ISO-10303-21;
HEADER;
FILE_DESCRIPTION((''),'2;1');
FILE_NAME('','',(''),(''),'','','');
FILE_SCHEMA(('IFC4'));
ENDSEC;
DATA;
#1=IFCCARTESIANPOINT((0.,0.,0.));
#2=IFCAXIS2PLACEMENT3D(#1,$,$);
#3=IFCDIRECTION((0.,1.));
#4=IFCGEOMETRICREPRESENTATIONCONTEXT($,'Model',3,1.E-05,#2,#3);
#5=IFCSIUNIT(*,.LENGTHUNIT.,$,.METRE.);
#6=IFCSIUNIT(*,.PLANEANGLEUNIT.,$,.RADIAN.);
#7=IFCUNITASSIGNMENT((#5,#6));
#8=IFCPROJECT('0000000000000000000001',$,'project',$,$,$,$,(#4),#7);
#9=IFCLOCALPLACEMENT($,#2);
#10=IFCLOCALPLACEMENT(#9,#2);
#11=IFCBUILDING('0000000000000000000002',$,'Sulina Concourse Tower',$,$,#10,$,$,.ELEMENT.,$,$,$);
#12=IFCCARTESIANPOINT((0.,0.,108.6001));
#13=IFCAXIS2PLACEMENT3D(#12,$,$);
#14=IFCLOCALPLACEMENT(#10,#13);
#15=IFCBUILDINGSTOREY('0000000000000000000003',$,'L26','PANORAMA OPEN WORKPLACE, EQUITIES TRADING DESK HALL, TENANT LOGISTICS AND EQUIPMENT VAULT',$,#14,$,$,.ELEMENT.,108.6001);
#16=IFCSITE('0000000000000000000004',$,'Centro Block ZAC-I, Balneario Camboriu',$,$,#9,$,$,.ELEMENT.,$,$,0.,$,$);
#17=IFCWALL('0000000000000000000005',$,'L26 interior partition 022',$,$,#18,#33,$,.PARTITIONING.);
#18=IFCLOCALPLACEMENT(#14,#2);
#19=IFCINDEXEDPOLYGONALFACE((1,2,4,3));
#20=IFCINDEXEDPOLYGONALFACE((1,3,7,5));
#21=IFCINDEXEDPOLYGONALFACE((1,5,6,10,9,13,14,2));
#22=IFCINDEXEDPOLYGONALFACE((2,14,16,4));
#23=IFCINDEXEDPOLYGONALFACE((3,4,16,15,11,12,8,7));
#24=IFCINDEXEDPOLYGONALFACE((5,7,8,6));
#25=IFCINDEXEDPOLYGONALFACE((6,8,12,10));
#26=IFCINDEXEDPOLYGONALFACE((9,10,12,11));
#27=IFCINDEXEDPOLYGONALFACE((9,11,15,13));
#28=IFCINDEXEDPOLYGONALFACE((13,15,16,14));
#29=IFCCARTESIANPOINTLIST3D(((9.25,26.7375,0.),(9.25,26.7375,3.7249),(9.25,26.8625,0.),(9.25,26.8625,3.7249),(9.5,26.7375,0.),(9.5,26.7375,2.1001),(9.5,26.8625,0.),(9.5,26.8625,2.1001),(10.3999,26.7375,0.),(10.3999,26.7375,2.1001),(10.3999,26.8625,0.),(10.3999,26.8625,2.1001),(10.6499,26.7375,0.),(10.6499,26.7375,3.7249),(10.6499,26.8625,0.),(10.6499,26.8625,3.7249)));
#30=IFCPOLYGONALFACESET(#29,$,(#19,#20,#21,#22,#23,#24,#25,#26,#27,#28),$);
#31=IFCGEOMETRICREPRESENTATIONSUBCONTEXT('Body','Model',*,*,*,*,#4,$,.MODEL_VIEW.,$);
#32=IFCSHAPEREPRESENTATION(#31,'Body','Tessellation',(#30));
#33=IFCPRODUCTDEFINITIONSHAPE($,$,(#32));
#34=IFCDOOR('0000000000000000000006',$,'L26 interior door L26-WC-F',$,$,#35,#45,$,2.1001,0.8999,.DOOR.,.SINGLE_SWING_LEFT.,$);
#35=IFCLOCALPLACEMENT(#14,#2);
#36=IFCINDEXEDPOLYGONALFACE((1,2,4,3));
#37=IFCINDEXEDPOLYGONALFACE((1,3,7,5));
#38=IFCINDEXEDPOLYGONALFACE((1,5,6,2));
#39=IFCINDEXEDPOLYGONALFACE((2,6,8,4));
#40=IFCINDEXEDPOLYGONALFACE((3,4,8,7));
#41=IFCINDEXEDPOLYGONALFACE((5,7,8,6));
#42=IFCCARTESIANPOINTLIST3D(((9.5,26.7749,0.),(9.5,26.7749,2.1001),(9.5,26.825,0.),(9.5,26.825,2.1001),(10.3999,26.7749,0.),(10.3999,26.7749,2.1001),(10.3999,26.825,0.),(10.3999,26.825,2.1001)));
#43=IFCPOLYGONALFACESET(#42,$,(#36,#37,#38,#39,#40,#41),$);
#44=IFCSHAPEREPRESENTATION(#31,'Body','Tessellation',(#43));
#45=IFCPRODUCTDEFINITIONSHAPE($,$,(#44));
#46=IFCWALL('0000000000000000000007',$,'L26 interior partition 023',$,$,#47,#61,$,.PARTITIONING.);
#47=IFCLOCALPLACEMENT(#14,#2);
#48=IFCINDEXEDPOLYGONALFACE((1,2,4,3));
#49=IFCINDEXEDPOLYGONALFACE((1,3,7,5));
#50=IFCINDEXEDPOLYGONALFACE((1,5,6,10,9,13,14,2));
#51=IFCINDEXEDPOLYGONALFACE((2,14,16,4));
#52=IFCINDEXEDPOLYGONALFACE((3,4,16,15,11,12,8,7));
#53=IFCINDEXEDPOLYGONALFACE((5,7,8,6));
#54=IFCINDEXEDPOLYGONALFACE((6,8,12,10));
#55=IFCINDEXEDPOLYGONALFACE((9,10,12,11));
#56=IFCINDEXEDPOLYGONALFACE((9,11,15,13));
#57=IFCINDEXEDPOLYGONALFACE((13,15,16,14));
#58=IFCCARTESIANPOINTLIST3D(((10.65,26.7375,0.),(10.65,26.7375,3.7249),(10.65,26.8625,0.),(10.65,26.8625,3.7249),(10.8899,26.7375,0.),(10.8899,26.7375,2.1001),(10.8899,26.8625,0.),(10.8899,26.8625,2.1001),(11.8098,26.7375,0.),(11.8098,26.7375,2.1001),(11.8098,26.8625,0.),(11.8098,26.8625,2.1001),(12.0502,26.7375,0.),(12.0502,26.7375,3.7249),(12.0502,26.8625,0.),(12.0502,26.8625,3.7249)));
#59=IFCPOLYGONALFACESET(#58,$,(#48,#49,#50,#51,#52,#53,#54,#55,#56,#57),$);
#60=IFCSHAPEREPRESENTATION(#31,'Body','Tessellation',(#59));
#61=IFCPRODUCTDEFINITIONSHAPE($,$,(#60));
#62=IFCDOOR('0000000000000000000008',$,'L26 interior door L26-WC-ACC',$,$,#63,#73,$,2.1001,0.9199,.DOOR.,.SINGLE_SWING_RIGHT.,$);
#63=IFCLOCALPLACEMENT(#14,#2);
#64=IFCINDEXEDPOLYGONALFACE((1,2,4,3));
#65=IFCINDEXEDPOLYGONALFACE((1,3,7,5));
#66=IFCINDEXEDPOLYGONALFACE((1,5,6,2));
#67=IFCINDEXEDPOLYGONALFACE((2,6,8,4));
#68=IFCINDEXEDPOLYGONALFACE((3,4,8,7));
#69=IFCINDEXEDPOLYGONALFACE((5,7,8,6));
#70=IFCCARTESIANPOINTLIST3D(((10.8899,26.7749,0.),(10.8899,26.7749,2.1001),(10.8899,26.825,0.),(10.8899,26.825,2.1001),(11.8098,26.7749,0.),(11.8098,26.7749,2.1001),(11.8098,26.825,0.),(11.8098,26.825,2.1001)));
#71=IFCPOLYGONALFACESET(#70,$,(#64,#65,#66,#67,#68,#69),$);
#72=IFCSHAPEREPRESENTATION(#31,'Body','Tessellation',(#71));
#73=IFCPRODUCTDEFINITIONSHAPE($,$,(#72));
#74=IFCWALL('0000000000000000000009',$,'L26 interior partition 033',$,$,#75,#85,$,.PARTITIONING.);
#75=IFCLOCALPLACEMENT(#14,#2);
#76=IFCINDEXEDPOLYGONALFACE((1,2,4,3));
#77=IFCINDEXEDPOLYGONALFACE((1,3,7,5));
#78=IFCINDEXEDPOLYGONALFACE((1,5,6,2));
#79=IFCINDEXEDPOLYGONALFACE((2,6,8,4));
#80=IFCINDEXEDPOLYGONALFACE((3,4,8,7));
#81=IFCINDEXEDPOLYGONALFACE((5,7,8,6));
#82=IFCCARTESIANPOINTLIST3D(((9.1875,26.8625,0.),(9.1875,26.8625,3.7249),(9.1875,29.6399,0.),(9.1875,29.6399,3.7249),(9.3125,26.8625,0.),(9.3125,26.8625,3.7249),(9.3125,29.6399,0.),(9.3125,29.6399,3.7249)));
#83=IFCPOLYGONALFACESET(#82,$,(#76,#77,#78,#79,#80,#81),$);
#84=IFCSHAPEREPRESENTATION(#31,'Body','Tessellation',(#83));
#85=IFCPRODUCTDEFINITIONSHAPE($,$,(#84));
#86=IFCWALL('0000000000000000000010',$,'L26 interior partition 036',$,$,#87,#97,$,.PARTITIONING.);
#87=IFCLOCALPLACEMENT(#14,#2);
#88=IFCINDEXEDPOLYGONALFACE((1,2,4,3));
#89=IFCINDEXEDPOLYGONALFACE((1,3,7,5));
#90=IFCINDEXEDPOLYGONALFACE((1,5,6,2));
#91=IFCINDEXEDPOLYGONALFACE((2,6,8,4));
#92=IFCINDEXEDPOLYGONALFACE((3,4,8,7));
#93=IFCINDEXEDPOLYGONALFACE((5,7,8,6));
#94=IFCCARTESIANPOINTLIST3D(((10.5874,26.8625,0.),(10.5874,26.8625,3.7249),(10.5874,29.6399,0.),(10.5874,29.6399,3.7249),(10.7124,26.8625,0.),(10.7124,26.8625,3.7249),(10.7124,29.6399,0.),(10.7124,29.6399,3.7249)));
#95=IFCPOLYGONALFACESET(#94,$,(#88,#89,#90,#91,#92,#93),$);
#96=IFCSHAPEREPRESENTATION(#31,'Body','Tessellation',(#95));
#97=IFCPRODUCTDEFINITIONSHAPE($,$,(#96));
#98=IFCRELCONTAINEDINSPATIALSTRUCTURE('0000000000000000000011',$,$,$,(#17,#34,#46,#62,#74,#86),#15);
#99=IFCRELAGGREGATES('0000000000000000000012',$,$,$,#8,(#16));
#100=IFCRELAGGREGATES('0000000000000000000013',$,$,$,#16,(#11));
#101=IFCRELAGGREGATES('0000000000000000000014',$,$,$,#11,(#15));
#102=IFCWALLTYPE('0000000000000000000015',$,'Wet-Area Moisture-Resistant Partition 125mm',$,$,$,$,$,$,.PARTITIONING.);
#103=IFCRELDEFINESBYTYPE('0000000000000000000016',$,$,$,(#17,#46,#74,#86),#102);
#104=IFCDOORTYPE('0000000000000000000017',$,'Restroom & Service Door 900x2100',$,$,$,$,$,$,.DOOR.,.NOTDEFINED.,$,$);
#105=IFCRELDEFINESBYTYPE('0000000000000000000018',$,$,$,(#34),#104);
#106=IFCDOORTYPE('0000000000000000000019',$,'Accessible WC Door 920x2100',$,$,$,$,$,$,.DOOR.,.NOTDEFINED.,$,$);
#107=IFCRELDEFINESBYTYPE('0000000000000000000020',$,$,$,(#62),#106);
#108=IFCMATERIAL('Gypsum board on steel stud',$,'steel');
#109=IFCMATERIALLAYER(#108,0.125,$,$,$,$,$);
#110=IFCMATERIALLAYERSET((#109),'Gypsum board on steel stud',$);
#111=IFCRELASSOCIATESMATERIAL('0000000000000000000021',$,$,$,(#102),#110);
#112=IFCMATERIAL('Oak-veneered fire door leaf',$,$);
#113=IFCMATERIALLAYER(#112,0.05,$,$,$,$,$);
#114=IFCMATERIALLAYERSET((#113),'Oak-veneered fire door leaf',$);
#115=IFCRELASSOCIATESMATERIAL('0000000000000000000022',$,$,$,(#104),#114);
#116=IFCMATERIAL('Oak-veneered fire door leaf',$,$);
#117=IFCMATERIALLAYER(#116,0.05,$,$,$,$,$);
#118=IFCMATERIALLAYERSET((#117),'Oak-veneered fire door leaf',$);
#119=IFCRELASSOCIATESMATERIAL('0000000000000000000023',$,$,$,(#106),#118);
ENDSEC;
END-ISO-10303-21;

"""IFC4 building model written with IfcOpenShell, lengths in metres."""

from ifc_helpers import new_model, si_unit, direction, frame, frame_2d, origin, place, context, subcontext, project, spatial, rectangle, extrude, material, layer, layer_set, type_object, element, fill, save


model = new_model("IFC4")

# Units and contexts
model_context = context("Model", 3, precision=1e-05, world=origin(), true_north=direction((0.0, 1.0)))
body_context = subcontext(model_context, "Body", "Model", "MODEL_VIEW")
ifc_project = project(units=[si_unit("LENGTHUNIT", "METRE"), si_unit("PLANEANGLEUNIT", "RADIAN")], contexts=[model_context])

# Site, building, storey
site_placement = place(None, origin())
site = spatial("IfcSite", under=ifc_project, at=site_placement, Name="Centro Block ZAC-I, Balneario Camboriu", CompositionType="ELEMENT", RefElevation=0.0)
building_placement = place(site_placement, origin())
building = spatial("IfcBuilding", under=site, at=building_placement, Name="Sulina Concourse Tower", CompositionType="ELEMENT")
storey_placement = place(building_placement, frame((0.0, 0.0, 108.6001)))
storey = spatial("IfcBuildingStorey", under=building, at=storey_placement, Name="L26", Description="PANORAMA OPEN WORKPLACE, EQUITIES TRADING DESK HALL, TENANT LOGISTICS AND EQUIPMENT VAULT", CompositionType="ELEMENT", Elevation=108.6001)

# Walls, openings, doors
ifc_material_1 = material(Name="Gypsum board on steel stud", Category="steel")
ifc_layer_1 = layer(ifc_material_1, 0.125)
ifc_layer_set_1 = layer_set([ifc_layer_1], Name="Gypsum board on steel stud")
wall_type_1 = type_object("IfcWallType", Name="Wet-Area Moisture-Resistant Partition 125mm", PredefinedType="PARTITIONING", material=ifc_layer_set_1)
wall_1_placement = place(storey_placement, frame((9.25, 26.8, 0.0), z_axis=(0.0, 0.0, 1.0), x_axis=(1.0, 0.0, 0.0)))
wall_1 = element("IfcWall", 1, at=wall_1_placement, inside=storey, type_object=wall_type_1, Name="L26 interior partition 022", PredefinedType="PARTITIONING", context=body_context, shape_type="SweptSolid", body=[
    extrude(rectangle(XDim=1.3999, YDim=0.125, at=frame_2d((0.7, 0.0))), origin(), (0.0, 0.0, 1.0), 3.7249),
])
opening_1_placement = place(wall_1_placement, frame((0.25, 0.0, 0.0)))
opening_1 = element("IfcOpeningElement", 2, at=opening_1_placement, cuts=wall_1, PredefinedType="OPENING", context=body_context, shape_type="SweptSolid", body=[
    extrude(rectangle(XDim=0.8999, YDim=2.1001, at=frame_2d((0.45, 1.05))), frame((0.0, 0.0725, 0.0), z_axis=(0.0, -1.0, 0.0), x_axis=(1.0, 0.0, 0.0)), (0.0, 0.0, 1.0), 0.145),
])
ifc_material_2 = material(Name="Oak-veneered fire door leaf")
ifc_layer_2 = layer(ifc_material_2, 0.05)
ifc_layer_set_2 = layer_set([ifc_layer_2], Name="Oak-veneered fire door leaf")
door_type_1 = type_object("IfcDoorType", Name="Restroom & Service Door 900x2100", OperationType="NOTDEFINED", PredefinedType="DOOR", material=ifc_layer_set_2)
door_1_placement = place(opening_1_placement, origin())
door_1 = element("IfcDoor", 3, at=door_1_placement, inside=storey, type_object=door_type_1, Name="L26 interior door L26-WC-F", OperationType="SINGLE_SWING_LEFT", OverallHeight=2.1001, OverallWidth=0.8999, PredefinedType="DOOR", context=body_context, shape_type="SweptSolid", body=[
    extrude(rectangle(XDim=0.8999, YDim=2.1001, at=frame_2d((0.45, 1.05))), frame((0.0, 0.0249, 0.0), z_axis=(0.0, -1.0, 0.0), x_axis=(1.0, 0.0, 0.0)), (0.0, 0.0, 1.0), 0.05),
])
fill(opening_1, door_1)
wall_2_placement = place(storey_placement, frame((10.6499, 26.8, 0.0), z_axis=(0.0, 0.0, 1.0), x_axis=(1.0, 0.0, 0.0)))
wall_2 = element("IfcWall", 4, at=wall_2_placement, inside=storey, type_object=wall_type_1, Name="L26 interior partition 023", PredefinedType="PARTITIONING", context=body_context, shape_type="SweptSolid", body=[
    extrude(rectangle(XDim=1.4001, YDim=0.125, at=frame_2d((0.7002, 0.0))), origin(), (0.0, 0.0, 1.0), 3.7249),
])
opening_2_placement = place(wall_2_placement, frame((0.24, 0.0, 0.0)))
opening_2 = element("IfcOpeningElement", 5, at=opening_2_placement, cuts=wall_2, PredefinedType="OPENING", context=body_context, shape_type="SweptSolid", body=[
    extrude(rectangle(XDim=0.9199, YDim=2.1001, at=frame_2d((0.46, 1.05))), frame((0.0, 0.0725, 0.0), z_axis=(0.0, -1.0, 0.0), x_axis=(1.0, 0.0, 0.0)), (0.0, 0.0, 1.0), 0.145),
])
ifc_material_3 = material(Name="Oak-veneered fire door leaf")
ifc_layer_3 = layer(ifc_material_3, 0.05)
ifc_layer_set_3 = layer_set([ifc_layer_3], Name="Oak-veneered fire door leaf")
door_type_2 = type_object("IfcDoorType", Name="Accessible WC Door 920x2100", OperationType="NOTDEFINED", PredefinedType="DOOR", material=ifc_layer_set_3)
door_2_placement = place(opening_2_placement, origin())
door_2 = element("IfcDoor", 6, at=door_2_placement, inside=storey, type_object=door_type_2, Name="L26 interior door L26-WC-ACC", OperationType="SINGLE_SWING_RIGHT", OverallHeight=2.1001, OverallWidth=0.9199, PredefinedType="DOOR", context=body_context, shape_type="SweptSolid", body=[
    extrude(rectangle(XDim=0.9199, YDim=2.1001, at=frame_2d((0.46, 1.05))), frame((0.0, 0.0249, 0.0), z_axis=(0.0, -1.0, 0.0), x_axis=(1.0, 0.0, 0.0)), (0.0, 0.0, 1.0), 0.05),
])
fill(opening_2, door_2)

# Walls
for number, where, z_axis, x_axis, name in (
    (7, (9.25, 26.8625, 0.0), (0.0, 0.0, 1.0), (0.0, 1.0, 0.0), "L26 interior partition 033"),
    (8, (10.6499, 26.8625, 0.0), (0.0, 0.0, 1.0), (0.0, 1.0, 0.0), "L26 interior partition 036"),
):
    element("IfcWall", number, at=place(storey_placement, frame(where, z_axis=z_axis, x_axis=x_axis)), inside=storey, type_object=wall_type_1, Name=name, PredefinedType="PARTITIONING", context=body_context, shape_type="SweptSolid", body=[
        extrude(rectangle(XDim=2.7773, YDim=0.125, at=frame_2d((1.3887, 0.0))), origin(), (0.0, 0.0, 1.0), 3.7249),
    ])

save(model, "model.ifc")
